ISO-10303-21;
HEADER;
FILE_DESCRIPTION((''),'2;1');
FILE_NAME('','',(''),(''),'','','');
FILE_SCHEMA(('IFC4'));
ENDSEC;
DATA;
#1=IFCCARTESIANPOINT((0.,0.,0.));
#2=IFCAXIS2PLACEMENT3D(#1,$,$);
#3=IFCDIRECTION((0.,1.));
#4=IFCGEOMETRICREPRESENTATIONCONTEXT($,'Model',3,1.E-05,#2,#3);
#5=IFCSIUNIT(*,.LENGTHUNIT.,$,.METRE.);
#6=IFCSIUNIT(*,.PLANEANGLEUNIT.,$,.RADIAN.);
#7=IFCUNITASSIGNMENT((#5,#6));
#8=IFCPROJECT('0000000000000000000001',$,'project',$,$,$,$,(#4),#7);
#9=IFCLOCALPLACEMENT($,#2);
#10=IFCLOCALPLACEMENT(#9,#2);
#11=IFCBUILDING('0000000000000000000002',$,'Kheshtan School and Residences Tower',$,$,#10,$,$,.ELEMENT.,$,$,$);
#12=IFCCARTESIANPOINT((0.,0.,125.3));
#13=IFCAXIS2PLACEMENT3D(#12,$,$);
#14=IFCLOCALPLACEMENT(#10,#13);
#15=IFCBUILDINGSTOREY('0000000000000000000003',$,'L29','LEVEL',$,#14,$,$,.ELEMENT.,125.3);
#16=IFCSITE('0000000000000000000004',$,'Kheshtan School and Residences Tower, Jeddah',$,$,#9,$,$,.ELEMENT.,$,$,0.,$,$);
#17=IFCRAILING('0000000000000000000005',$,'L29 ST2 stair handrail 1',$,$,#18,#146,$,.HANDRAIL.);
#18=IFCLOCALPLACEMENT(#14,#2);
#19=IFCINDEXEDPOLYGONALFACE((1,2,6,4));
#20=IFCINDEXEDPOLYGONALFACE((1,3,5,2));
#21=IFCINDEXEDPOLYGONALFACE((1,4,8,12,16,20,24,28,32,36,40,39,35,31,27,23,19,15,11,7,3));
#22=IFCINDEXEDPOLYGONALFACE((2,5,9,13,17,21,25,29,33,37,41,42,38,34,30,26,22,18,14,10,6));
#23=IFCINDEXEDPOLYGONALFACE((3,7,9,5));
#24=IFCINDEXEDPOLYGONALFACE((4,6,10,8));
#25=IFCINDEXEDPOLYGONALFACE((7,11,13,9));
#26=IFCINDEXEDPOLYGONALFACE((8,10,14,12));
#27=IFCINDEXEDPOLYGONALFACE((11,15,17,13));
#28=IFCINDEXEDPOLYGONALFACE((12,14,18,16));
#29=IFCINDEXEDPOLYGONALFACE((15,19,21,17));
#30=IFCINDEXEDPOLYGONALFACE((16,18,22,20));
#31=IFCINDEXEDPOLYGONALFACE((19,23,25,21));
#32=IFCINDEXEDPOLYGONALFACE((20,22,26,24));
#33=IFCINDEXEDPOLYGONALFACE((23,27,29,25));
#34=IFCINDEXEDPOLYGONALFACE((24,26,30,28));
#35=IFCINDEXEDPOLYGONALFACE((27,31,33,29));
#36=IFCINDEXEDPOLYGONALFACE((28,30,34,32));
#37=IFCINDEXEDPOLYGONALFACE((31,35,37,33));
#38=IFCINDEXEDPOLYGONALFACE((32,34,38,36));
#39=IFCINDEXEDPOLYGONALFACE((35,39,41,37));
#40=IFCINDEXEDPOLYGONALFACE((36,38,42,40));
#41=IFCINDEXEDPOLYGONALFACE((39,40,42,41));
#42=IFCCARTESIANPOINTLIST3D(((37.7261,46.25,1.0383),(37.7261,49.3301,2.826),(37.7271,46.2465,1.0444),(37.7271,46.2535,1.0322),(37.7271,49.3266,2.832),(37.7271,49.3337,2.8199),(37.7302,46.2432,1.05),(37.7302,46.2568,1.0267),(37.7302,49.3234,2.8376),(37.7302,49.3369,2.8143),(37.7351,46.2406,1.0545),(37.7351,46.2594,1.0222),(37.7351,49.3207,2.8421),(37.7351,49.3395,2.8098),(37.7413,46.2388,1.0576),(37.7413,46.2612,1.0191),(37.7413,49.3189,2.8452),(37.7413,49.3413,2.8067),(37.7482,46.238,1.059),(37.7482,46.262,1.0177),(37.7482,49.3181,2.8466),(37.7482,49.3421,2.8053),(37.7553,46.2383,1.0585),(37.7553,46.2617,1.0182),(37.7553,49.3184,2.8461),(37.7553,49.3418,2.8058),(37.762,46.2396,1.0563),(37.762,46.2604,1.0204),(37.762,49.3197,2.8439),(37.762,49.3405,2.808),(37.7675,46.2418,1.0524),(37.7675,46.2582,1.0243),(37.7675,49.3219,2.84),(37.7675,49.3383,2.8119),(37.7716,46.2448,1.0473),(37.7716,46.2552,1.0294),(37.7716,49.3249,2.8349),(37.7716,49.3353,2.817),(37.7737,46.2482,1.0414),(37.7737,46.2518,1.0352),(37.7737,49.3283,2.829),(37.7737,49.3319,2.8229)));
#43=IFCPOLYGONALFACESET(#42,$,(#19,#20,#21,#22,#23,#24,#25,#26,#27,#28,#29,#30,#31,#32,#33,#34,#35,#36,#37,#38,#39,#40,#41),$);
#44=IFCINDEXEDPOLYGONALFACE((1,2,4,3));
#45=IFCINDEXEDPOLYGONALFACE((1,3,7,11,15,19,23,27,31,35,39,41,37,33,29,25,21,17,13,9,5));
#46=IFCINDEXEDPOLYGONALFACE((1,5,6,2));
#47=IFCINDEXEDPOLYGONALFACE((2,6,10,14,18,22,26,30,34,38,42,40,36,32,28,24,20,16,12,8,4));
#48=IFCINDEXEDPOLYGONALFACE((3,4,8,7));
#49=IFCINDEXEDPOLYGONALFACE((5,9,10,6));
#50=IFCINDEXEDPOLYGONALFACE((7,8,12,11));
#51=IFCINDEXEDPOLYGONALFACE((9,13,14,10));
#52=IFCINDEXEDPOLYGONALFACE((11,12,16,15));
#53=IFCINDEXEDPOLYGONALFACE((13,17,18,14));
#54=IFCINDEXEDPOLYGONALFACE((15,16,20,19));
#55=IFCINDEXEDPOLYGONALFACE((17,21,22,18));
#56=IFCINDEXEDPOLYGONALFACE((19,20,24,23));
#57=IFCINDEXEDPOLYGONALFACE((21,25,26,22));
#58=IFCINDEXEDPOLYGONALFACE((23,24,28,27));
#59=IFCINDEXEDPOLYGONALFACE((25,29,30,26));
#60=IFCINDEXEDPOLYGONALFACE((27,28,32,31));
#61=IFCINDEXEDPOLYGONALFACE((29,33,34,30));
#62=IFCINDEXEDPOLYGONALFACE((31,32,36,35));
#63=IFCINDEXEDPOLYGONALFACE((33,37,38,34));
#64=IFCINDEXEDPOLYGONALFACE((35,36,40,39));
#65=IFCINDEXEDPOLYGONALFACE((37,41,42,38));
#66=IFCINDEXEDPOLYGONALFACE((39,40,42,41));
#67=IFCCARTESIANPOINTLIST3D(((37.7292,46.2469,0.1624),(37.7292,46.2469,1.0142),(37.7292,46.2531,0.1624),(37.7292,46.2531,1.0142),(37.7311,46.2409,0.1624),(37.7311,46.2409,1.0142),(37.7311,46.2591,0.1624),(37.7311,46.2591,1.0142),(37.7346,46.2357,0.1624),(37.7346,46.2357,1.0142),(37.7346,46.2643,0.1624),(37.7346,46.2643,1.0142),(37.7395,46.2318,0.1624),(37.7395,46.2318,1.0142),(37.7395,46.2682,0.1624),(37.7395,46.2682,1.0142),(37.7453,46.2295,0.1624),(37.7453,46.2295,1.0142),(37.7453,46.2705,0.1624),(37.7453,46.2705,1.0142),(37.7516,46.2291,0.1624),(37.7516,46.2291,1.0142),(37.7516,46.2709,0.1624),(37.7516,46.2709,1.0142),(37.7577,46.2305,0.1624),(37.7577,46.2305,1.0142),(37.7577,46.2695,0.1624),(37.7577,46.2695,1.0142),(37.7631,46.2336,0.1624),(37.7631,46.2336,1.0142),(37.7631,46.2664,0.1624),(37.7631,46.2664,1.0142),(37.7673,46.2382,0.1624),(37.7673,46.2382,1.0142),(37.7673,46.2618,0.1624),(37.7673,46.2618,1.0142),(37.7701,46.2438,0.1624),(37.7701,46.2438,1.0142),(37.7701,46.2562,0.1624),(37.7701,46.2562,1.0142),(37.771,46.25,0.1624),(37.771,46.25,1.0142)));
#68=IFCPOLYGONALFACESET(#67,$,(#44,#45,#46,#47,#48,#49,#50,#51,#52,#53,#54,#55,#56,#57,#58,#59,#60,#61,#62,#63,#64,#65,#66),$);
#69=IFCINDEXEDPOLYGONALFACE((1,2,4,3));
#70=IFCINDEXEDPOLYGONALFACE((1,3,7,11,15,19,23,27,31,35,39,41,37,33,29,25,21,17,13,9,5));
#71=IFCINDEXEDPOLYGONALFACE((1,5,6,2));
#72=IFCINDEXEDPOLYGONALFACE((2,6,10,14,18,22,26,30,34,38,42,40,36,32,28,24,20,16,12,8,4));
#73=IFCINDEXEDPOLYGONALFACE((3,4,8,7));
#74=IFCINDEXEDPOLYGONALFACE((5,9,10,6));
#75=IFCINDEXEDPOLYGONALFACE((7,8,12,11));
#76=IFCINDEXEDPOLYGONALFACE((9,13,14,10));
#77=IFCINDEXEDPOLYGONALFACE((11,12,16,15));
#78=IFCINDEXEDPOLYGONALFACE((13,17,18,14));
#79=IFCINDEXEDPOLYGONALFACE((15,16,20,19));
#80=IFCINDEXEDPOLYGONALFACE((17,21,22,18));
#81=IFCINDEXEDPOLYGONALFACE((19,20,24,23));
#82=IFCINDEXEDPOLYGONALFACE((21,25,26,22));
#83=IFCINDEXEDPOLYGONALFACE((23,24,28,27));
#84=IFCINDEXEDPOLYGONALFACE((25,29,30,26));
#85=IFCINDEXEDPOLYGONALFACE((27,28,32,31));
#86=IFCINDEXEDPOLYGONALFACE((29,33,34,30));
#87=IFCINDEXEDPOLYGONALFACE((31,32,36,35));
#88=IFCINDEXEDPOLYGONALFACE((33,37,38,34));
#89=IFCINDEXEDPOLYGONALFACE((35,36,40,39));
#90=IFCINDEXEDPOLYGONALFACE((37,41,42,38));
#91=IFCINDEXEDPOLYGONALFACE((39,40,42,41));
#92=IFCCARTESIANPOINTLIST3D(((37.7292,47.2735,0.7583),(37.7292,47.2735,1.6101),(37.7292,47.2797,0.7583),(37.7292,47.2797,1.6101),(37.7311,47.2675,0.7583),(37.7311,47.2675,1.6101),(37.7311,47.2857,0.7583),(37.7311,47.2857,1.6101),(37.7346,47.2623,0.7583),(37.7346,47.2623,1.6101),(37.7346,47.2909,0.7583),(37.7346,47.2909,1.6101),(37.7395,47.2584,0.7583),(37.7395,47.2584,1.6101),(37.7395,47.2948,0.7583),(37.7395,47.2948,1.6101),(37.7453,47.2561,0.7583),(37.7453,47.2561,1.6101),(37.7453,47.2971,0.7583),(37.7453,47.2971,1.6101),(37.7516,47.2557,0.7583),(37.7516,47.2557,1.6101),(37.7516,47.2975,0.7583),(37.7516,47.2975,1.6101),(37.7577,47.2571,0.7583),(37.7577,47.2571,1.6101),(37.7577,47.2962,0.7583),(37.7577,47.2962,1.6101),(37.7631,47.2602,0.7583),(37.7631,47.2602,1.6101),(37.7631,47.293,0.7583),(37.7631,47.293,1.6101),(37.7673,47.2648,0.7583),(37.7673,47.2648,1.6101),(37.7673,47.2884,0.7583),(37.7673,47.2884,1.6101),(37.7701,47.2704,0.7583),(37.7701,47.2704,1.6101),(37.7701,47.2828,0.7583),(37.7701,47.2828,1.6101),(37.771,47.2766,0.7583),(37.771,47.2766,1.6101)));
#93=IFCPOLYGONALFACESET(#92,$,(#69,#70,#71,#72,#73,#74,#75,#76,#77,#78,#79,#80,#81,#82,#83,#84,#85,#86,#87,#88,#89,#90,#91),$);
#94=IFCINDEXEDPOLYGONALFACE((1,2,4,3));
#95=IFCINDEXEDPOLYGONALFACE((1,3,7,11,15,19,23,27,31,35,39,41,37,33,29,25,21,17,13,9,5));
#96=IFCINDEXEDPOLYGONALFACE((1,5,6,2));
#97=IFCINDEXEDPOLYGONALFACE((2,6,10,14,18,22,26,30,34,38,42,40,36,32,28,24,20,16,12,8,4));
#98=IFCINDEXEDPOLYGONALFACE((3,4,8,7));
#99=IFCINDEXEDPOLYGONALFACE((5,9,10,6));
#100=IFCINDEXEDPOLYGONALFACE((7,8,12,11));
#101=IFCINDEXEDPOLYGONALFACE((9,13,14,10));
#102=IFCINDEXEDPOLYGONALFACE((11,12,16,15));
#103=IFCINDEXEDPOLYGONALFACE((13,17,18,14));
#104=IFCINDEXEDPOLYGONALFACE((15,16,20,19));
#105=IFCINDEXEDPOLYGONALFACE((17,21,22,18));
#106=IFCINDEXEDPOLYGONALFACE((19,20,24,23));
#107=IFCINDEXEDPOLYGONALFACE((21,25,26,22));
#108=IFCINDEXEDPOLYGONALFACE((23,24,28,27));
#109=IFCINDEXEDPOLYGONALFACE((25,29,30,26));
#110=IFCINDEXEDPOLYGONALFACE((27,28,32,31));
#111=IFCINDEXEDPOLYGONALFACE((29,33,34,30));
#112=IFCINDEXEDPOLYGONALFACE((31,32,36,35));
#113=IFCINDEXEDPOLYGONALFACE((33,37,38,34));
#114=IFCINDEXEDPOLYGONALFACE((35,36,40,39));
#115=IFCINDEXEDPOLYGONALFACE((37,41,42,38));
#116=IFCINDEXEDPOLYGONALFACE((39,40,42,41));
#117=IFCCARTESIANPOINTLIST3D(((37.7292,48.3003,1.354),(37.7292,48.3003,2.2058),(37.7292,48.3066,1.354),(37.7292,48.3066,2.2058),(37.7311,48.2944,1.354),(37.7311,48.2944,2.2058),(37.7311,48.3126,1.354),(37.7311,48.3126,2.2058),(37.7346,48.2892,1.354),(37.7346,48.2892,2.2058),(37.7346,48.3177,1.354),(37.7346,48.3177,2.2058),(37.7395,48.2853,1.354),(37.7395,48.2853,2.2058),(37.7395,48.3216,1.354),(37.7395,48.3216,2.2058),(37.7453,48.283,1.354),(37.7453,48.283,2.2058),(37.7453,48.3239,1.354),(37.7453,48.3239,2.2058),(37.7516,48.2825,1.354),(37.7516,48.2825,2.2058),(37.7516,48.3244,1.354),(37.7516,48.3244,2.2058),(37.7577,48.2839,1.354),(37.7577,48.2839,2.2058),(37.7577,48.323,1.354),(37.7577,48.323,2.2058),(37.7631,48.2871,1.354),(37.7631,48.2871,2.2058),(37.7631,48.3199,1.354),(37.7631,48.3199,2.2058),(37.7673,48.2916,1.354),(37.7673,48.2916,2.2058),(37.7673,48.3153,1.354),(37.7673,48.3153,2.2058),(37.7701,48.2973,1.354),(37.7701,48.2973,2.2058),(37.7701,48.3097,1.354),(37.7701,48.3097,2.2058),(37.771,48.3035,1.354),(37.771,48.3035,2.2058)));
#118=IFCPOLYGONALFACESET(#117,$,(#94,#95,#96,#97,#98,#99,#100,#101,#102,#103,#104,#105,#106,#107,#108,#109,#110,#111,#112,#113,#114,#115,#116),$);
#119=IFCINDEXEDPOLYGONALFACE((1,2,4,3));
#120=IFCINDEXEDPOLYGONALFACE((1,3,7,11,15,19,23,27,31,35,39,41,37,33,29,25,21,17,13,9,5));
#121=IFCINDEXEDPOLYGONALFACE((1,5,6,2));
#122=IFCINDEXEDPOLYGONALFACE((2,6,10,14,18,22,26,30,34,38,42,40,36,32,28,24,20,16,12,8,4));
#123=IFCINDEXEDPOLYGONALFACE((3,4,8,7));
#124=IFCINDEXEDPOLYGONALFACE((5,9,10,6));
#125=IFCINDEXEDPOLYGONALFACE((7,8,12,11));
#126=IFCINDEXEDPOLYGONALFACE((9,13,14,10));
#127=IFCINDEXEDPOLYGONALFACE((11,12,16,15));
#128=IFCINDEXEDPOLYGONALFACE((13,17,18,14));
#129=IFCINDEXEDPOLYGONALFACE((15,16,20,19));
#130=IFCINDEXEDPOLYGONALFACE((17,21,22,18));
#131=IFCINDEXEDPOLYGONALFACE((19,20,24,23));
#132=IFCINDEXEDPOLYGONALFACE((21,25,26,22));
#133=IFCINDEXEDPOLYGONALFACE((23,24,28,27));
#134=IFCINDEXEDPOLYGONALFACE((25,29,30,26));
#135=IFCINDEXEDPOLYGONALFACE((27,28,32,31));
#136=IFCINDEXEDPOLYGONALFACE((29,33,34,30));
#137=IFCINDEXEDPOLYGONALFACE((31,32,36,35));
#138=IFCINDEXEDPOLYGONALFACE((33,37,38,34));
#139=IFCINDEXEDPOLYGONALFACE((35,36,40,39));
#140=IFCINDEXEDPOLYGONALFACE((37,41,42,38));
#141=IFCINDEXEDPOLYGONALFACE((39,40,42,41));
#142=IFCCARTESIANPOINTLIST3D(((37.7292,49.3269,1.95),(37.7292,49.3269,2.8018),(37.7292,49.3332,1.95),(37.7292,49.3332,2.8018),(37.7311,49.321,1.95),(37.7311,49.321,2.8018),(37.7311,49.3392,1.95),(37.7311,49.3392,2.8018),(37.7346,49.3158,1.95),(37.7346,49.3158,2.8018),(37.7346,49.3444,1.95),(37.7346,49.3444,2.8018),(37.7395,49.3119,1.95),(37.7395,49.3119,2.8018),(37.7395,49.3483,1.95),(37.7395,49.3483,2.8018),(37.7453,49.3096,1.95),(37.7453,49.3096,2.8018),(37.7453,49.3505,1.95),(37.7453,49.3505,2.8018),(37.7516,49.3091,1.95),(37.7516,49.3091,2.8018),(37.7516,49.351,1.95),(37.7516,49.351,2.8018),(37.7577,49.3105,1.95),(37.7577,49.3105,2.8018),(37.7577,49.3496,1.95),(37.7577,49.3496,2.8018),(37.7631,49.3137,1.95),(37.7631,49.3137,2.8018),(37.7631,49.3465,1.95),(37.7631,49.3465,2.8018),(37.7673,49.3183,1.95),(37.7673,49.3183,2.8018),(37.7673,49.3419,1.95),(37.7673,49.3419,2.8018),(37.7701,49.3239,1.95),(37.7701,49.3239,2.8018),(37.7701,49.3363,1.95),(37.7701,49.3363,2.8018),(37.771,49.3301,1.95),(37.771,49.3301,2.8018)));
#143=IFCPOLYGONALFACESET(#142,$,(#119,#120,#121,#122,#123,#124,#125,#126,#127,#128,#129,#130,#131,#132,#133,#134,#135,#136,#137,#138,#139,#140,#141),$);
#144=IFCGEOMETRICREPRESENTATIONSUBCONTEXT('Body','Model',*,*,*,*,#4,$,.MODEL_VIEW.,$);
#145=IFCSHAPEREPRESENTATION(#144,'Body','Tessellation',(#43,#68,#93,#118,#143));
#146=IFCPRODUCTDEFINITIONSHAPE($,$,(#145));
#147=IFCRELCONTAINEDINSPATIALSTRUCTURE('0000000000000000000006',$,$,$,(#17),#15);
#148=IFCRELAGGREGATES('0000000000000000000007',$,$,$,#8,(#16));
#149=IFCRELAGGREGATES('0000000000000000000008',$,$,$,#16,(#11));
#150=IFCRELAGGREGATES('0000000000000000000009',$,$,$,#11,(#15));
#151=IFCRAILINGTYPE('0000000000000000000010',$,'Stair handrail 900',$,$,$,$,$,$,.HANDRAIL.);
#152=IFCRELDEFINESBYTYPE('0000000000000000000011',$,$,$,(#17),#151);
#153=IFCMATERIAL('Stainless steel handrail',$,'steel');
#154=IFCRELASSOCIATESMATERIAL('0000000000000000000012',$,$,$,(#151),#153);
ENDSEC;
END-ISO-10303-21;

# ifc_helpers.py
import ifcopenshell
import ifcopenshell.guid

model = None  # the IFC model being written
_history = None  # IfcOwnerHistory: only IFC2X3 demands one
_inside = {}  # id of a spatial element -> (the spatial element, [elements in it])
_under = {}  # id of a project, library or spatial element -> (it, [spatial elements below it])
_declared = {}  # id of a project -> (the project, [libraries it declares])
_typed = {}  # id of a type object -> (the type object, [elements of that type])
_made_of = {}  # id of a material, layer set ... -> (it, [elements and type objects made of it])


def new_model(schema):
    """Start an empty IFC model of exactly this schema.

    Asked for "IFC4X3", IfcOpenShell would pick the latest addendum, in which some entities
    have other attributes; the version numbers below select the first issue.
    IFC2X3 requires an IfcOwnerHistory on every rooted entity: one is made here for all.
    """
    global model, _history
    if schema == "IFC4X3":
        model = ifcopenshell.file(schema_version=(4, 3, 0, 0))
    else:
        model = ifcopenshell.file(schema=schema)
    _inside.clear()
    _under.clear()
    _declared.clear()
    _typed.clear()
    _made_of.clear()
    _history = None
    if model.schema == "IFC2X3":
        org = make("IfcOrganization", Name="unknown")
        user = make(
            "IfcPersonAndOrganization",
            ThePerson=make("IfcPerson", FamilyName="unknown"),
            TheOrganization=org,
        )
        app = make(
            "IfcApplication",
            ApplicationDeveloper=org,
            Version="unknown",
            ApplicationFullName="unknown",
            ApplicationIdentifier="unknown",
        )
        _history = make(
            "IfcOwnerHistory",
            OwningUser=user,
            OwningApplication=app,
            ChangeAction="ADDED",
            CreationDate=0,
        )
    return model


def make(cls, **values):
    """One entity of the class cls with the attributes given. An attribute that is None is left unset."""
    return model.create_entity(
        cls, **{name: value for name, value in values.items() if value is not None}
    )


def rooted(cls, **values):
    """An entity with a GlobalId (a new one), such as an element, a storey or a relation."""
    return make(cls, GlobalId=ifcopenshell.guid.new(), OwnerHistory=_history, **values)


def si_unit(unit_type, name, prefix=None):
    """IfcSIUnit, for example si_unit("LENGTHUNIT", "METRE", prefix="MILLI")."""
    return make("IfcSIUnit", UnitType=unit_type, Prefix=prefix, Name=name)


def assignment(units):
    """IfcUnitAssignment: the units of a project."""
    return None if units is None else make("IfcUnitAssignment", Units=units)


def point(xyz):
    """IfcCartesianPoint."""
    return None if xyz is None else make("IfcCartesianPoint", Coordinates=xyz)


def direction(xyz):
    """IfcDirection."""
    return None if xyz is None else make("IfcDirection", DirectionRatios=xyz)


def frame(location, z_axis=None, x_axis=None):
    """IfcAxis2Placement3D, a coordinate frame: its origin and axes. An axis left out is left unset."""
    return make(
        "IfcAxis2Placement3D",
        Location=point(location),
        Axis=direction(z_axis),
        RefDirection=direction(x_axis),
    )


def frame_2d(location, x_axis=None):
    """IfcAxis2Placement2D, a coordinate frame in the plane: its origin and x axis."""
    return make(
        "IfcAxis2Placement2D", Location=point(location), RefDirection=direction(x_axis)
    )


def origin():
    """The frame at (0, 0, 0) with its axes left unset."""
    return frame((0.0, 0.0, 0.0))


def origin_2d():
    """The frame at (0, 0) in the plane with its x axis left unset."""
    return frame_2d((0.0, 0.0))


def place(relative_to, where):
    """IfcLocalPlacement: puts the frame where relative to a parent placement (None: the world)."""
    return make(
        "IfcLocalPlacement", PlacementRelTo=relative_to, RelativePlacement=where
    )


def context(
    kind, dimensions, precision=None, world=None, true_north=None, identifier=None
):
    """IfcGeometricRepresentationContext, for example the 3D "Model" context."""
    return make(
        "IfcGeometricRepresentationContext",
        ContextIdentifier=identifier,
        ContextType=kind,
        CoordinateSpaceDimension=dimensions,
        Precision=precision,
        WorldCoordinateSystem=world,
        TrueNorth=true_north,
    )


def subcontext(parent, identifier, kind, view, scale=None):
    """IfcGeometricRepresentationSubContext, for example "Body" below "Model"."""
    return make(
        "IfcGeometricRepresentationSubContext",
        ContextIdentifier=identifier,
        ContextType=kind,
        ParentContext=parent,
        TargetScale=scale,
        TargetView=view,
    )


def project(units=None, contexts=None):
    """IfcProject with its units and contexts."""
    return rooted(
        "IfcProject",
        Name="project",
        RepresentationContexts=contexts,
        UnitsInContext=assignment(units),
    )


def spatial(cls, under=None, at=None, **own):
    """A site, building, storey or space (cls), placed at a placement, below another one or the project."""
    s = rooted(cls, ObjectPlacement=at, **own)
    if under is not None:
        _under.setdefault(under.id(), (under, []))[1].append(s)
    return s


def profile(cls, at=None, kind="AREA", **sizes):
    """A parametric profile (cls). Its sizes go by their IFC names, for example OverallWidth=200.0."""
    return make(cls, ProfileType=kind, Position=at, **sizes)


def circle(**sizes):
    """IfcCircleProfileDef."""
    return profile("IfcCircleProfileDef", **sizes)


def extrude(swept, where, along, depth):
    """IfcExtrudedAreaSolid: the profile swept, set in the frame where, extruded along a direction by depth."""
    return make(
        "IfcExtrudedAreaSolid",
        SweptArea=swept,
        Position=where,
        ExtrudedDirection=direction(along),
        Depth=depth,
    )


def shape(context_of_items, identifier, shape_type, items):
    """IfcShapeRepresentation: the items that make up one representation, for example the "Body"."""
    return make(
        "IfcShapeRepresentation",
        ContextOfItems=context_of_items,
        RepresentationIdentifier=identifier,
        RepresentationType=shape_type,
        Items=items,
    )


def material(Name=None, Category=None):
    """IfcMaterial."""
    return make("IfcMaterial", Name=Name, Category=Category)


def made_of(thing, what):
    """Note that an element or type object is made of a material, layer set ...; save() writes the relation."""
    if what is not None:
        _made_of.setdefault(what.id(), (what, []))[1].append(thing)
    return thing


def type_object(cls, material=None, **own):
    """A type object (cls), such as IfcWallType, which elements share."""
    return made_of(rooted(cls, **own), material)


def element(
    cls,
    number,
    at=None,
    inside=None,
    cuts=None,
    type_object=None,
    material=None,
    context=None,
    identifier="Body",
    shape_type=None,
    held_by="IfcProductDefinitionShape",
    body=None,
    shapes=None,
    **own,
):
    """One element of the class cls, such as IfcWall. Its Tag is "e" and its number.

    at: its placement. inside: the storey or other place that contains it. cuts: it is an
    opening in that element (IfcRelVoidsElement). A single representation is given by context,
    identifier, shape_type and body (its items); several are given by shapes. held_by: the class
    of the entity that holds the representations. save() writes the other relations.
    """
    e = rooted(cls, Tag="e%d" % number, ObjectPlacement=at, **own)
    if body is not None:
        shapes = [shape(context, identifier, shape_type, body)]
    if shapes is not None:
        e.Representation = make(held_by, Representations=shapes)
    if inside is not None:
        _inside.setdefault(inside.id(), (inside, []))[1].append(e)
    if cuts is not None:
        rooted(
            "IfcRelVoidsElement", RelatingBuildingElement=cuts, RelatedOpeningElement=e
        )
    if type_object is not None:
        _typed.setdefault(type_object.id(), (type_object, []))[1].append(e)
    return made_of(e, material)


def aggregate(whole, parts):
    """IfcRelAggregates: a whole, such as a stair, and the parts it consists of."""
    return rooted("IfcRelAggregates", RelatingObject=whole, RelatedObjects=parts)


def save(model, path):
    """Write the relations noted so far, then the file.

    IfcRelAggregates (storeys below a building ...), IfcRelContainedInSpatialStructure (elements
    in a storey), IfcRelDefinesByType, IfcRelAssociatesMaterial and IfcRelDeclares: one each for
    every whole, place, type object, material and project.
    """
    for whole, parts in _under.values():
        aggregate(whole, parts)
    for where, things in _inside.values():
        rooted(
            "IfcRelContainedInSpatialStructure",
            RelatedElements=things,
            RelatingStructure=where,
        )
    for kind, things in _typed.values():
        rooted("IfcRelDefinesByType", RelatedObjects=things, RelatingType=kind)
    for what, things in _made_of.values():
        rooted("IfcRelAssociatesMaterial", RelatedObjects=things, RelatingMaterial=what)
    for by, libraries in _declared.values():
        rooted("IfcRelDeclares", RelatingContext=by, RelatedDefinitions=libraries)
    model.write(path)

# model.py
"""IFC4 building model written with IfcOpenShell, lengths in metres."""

from ifc_helpers import new_model, si_unit, direction, frame, origin, origin_2d, place, context, subcontext, project, spatial, circle, extrude, material, type_object, element, save


model = new_model("IFC4")

# Units and contexts
model_context = context("Model", 3, precision=1e-05, world=origin(), true_north=direction((0.0, 1.0)))
body_context = subcontext(model_context, "Body", "Model", "MODEL_VIEW")
ifc_project = project(units=[si_unit("LENGTHUNIT", "METRE"), si_unit("PLANEANGLEUNIT", "RADIAN")], contexts=[model_context])

# Site, building, storey
site_placement = place(None, origin())
site = spatial("IfcSite", under=ifc_project, at=site_placement, Name="Kheshtan School and Residences Tower, Jeddah", CompositionType="ELEMENT", RefElevation=0.0)
building_placement = place(site_placement, origin())
building = spatial("IfcBuilding", under=site, at=building_placement, Name="Kheshtan School and Residences Tower", CompositionType="ELEMENT")
storey_placement = place(building_placement, frame((0.0, 0.0, 125.3)))
storey = spatial("IfcBuildingStorey", under=building, at=storey_placement, Name="L29", Description="LEVEL", CompositionType="ELEMENT", Elevation=125.3)

# Railing
ifc_material_1 = material(Name="Stainless steel handrail", Category="steel")
railing_type = type_object("IfcRailingType", Name="Stair handrail 900", PredefinedType="HANDRAIL", material=ifc_material_1)
railing_placement = place(storey_placement, frame((37.75, 46.25, 0.1624)))
element("IfcRailing", 1, at=railing_placement, inside=storey, type_object=railing_type, Name="L29 ST2 stair handrail 1", PredefinedType="HANDRAIL", context=body_context, shape_type="SweptSolid", body=[
    extrude(circle(Radius=0.0239, at=origin_2d()), frame((0.0, 0.0, 0.876), z_axis=(0.0, 0.864891, 0.50196), x_axis=(-1.0, 0.0, 0.0)), (0.0, 0.0, 1.0), 3.5613),
    extrude(circle(Radius=0.021, at=origin_2d()), origin(), (0.0, 0.0, 1.0), 0.8518),
    extrude(circle(Radius=0.021, at=origin_2d()), frame((0.0, 1.0266, 0.5959)), (0.0, 0.0, 1.0), 0.8518),
    extrude(circle(Radius=0.021, at=origin_2d()), frame((0.0, 2.0535, 1.1917)), (0.0, 0.0, 1.0), 0.8518),
    extrude(circle(Radius=0.021, at=origin_2d()), frame((0.0, 3.0801, 1.7876)), (0.0, 0.0, 1.0), 0.8518),
])

save(model, "model.ifc")
